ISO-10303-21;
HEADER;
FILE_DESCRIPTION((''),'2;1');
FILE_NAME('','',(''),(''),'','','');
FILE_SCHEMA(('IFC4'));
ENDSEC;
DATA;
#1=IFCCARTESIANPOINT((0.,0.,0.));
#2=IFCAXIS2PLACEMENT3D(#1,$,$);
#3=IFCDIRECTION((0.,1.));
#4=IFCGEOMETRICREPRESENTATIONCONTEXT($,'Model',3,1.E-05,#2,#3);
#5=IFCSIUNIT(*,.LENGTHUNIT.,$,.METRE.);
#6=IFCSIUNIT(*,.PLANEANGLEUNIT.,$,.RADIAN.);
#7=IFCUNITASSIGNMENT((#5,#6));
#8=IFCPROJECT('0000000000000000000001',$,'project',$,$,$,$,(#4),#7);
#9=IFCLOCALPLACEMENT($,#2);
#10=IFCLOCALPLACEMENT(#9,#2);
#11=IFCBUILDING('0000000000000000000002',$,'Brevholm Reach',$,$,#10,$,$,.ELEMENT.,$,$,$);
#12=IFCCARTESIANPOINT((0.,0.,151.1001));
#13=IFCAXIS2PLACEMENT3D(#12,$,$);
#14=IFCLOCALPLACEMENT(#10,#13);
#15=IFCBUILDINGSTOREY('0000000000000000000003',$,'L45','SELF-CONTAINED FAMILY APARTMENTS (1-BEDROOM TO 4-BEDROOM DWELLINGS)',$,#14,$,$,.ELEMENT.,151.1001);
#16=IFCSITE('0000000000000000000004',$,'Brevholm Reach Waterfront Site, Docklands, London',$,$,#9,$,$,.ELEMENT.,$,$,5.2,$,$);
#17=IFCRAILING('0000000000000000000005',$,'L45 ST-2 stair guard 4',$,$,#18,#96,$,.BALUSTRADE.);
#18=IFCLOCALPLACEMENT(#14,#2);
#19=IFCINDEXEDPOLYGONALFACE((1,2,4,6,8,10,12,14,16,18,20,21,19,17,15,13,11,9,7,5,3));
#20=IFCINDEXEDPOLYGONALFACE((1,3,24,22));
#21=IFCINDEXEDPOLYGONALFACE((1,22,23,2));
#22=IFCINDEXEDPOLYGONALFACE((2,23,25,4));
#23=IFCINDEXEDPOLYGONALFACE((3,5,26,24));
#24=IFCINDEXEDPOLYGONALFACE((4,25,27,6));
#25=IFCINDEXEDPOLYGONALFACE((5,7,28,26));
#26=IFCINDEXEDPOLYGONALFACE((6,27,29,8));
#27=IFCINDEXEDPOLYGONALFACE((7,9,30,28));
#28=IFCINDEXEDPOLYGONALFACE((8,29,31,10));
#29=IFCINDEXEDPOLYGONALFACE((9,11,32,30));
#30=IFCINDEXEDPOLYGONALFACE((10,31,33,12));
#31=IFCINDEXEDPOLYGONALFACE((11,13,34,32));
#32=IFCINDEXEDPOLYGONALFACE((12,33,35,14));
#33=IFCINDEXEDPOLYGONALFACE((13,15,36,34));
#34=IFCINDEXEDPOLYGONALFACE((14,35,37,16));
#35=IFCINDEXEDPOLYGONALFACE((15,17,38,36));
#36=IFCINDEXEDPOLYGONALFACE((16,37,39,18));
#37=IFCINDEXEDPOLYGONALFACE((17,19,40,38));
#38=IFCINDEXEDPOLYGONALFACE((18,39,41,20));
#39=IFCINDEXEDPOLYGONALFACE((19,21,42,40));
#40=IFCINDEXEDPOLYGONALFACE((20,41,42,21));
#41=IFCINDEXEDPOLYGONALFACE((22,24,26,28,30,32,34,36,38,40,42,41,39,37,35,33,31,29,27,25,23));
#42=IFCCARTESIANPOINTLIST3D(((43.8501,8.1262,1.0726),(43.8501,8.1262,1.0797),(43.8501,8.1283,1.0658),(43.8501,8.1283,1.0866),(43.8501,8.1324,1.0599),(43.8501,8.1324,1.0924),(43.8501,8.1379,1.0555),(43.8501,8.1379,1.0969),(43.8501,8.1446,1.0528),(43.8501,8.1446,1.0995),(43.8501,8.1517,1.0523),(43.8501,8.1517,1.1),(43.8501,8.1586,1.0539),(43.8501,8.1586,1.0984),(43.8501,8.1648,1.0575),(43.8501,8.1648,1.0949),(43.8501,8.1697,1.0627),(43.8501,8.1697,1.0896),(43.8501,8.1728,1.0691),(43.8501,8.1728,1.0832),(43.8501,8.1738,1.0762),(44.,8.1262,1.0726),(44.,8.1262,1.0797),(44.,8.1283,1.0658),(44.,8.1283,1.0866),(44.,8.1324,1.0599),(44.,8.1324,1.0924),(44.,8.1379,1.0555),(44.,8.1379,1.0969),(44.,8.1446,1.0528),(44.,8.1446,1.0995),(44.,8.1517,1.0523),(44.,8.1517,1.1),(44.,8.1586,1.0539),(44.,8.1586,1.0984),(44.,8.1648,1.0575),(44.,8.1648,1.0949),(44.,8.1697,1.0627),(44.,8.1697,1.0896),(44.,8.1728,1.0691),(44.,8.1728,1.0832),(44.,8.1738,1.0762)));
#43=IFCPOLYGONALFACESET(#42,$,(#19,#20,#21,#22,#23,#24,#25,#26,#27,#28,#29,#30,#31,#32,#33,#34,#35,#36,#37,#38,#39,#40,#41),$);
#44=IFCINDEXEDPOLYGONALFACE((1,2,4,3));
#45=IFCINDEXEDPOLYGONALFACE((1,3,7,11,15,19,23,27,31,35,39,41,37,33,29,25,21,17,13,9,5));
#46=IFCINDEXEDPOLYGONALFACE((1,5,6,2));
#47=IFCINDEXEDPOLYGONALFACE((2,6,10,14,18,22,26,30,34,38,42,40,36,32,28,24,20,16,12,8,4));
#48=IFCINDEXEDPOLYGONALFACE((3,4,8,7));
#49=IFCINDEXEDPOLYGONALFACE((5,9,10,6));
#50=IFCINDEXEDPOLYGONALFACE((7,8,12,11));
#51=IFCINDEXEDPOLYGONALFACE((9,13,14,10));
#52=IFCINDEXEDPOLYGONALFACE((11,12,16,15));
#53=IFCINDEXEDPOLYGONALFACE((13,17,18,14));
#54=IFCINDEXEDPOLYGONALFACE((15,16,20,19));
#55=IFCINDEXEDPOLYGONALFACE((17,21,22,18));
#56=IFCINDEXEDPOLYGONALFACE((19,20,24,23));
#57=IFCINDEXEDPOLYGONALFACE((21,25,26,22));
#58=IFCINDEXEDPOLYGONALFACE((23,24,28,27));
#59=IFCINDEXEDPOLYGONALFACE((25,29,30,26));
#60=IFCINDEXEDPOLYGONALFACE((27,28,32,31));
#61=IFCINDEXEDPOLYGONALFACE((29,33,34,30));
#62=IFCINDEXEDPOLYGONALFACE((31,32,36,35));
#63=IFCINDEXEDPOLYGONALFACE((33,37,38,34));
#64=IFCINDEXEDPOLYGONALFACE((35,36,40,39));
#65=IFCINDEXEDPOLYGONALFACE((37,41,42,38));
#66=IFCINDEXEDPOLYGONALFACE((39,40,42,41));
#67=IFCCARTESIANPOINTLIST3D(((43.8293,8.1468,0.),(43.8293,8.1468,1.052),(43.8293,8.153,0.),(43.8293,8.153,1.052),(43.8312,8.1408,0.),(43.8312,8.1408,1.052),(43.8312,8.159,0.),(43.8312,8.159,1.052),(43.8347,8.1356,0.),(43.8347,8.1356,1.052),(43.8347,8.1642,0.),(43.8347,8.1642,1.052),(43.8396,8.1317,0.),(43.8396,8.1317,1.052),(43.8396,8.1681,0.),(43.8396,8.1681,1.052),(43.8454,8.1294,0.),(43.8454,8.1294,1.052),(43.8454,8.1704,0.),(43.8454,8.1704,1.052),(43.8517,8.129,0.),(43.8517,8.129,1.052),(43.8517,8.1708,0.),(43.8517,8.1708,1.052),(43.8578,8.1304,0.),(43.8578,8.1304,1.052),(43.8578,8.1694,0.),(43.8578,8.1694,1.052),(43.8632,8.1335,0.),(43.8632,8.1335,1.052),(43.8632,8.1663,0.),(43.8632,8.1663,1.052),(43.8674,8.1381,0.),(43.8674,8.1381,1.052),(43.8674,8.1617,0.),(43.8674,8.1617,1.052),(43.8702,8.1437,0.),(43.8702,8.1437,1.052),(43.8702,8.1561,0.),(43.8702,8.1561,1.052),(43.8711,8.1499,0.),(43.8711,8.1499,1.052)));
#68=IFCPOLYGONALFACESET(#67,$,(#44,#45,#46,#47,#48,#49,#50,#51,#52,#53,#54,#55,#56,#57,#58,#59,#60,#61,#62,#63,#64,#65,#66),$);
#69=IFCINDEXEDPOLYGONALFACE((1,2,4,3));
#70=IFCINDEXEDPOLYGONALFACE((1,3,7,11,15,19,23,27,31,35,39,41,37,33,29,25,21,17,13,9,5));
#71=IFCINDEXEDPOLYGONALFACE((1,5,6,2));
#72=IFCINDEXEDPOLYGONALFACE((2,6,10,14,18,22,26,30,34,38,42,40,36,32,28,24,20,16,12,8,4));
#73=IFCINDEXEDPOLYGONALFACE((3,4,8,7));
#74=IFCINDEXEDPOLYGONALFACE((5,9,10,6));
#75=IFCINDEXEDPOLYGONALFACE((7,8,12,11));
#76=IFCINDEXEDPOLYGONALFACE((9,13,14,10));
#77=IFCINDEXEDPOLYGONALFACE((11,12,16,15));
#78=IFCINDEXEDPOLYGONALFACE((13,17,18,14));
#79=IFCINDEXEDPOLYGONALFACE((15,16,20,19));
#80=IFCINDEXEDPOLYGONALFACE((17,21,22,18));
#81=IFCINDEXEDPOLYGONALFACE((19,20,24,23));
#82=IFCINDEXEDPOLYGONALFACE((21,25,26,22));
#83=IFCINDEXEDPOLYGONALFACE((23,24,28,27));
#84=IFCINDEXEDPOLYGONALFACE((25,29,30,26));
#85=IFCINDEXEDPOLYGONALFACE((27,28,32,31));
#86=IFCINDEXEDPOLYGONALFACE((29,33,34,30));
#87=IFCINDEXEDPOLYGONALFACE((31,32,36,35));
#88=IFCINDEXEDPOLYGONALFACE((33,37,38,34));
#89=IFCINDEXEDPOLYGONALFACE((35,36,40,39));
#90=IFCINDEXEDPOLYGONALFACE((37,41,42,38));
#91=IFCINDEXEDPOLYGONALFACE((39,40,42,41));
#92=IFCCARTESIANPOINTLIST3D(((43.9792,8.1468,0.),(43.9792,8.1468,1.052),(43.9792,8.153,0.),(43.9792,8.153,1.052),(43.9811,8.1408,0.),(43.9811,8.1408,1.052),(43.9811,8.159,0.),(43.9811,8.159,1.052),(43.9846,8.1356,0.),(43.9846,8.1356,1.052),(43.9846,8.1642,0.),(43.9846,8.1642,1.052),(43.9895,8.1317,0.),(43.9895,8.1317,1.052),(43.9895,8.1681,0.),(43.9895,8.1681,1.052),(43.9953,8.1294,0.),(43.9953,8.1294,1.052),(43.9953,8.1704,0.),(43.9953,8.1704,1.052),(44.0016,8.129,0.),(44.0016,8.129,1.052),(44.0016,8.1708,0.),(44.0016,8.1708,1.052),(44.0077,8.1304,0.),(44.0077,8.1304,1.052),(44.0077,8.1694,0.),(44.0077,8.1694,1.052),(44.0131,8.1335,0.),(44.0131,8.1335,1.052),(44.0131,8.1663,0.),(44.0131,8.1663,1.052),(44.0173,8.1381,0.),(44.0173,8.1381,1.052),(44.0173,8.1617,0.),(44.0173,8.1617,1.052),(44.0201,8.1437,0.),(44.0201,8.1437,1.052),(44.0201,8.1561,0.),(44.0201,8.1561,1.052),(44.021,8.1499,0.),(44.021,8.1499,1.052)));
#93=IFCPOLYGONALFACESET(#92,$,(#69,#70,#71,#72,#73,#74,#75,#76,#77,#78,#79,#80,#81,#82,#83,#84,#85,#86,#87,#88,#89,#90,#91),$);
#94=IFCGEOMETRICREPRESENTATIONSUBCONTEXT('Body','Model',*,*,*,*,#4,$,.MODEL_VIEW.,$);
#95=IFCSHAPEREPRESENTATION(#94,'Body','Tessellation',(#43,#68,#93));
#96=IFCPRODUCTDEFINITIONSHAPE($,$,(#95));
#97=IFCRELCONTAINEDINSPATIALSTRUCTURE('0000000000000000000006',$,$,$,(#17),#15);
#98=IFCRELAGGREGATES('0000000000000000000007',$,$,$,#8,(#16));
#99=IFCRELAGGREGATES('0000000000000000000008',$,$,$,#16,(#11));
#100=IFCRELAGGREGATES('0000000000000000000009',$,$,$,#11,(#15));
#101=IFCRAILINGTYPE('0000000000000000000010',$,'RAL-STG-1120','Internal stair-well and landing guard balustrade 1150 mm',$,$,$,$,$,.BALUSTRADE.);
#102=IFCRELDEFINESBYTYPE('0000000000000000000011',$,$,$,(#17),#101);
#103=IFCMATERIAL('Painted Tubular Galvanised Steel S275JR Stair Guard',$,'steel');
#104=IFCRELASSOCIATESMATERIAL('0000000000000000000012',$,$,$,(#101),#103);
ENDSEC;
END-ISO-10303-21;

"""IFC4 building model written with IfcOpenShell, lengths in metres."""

from ifc_helpers import new_model, si_unit, direction, frame, origin, origin_2d, place, context, subcontext, project, spatial, circle, extrude, material, type_object, element, save


model = new_model("IFC4")

# Units and contexts
model_context = context("Model", 3, precision=1e-05, world=origin(), true_north=direction((0.0, 1.0)))
body_context = subcontext(model_context, "Body", "Model", "MODEL_VIEW")
ifc_project = project(units=[si_unit("LENGTHUNIT", "METRE"), si_unit("PLANEANGLEUNIT", "RADIAN")], contexts=[model_context])

# Site, building, storey
site_placement = place(None, origin())
site = spatial("IfcSite", under=ifc_project, at=site_placement, Name="Brevholm Reach Waterfront Site, Docklands, London", CompositionType="ELEMENT", RefElevation=5.2)
building_placement = place(site_placement, origin())
building = spatial("IfcBuilding", under=site, at=building_placement, Name="Brevholm Reach", CompositionType="ELEMENT")
storey_placement = place(building_placement, frame((0.0, 0.0, 151.1001)))
storey = spatial("IfcBuildingStorey", under=building, at=storey_placement, Name="L45", Description="SELF-CONTAINED FAMILY APARTMENTS (1-BEDROOM TO 4-BEDROOM DWELLINGS)", CompositionType="ELEMENT", Elevation=151.1001)

# Railing
ifc_material_1 = material(Name="Painted Tubular Galvanised Steel S275JR Stair Guard", Category="steel")
railing_type = type_object("IfcRailingType", Name="RAL-STG-1120", Description="Internal stair-well and landing guard balustrade 1150 mm", PredefinedType="BALUSTRADE", material=ifc_material_1)
railing_1_placement = place(storey_placement, frame((43.8501, 8.1499, 0.0)))
element("IfcRailing", 1, at=railing_1_placement, inside=storey, type_object=railing_type, Name="L45 ST-2 stair guard 4", PredefinedType="BALUSTRADE", context=body_context, shape_type="SweptSolid", body=[
    extrude(circle(Radius=0.0239, at=origin_2d()), frame((0.0, 0.0, 1.0762), z_axis=(1.0, 0.0, 0.0), x_axis=(0.0, 1.0, 0.0)), (0.0, 0.0, 1.0), 0.1499),
    extrude(circle(Radius=0.021, at=origin_2d()), origin(), (0.0, 0.0, 1.0), 1.052),
    extrude(circle(Radius=0.021, at=origin_2d()), frame((0.1499, 0.0, 0.0)), (0.0, 0.0, 1.0), 1.052),
])

save(model, "model.ifc")
